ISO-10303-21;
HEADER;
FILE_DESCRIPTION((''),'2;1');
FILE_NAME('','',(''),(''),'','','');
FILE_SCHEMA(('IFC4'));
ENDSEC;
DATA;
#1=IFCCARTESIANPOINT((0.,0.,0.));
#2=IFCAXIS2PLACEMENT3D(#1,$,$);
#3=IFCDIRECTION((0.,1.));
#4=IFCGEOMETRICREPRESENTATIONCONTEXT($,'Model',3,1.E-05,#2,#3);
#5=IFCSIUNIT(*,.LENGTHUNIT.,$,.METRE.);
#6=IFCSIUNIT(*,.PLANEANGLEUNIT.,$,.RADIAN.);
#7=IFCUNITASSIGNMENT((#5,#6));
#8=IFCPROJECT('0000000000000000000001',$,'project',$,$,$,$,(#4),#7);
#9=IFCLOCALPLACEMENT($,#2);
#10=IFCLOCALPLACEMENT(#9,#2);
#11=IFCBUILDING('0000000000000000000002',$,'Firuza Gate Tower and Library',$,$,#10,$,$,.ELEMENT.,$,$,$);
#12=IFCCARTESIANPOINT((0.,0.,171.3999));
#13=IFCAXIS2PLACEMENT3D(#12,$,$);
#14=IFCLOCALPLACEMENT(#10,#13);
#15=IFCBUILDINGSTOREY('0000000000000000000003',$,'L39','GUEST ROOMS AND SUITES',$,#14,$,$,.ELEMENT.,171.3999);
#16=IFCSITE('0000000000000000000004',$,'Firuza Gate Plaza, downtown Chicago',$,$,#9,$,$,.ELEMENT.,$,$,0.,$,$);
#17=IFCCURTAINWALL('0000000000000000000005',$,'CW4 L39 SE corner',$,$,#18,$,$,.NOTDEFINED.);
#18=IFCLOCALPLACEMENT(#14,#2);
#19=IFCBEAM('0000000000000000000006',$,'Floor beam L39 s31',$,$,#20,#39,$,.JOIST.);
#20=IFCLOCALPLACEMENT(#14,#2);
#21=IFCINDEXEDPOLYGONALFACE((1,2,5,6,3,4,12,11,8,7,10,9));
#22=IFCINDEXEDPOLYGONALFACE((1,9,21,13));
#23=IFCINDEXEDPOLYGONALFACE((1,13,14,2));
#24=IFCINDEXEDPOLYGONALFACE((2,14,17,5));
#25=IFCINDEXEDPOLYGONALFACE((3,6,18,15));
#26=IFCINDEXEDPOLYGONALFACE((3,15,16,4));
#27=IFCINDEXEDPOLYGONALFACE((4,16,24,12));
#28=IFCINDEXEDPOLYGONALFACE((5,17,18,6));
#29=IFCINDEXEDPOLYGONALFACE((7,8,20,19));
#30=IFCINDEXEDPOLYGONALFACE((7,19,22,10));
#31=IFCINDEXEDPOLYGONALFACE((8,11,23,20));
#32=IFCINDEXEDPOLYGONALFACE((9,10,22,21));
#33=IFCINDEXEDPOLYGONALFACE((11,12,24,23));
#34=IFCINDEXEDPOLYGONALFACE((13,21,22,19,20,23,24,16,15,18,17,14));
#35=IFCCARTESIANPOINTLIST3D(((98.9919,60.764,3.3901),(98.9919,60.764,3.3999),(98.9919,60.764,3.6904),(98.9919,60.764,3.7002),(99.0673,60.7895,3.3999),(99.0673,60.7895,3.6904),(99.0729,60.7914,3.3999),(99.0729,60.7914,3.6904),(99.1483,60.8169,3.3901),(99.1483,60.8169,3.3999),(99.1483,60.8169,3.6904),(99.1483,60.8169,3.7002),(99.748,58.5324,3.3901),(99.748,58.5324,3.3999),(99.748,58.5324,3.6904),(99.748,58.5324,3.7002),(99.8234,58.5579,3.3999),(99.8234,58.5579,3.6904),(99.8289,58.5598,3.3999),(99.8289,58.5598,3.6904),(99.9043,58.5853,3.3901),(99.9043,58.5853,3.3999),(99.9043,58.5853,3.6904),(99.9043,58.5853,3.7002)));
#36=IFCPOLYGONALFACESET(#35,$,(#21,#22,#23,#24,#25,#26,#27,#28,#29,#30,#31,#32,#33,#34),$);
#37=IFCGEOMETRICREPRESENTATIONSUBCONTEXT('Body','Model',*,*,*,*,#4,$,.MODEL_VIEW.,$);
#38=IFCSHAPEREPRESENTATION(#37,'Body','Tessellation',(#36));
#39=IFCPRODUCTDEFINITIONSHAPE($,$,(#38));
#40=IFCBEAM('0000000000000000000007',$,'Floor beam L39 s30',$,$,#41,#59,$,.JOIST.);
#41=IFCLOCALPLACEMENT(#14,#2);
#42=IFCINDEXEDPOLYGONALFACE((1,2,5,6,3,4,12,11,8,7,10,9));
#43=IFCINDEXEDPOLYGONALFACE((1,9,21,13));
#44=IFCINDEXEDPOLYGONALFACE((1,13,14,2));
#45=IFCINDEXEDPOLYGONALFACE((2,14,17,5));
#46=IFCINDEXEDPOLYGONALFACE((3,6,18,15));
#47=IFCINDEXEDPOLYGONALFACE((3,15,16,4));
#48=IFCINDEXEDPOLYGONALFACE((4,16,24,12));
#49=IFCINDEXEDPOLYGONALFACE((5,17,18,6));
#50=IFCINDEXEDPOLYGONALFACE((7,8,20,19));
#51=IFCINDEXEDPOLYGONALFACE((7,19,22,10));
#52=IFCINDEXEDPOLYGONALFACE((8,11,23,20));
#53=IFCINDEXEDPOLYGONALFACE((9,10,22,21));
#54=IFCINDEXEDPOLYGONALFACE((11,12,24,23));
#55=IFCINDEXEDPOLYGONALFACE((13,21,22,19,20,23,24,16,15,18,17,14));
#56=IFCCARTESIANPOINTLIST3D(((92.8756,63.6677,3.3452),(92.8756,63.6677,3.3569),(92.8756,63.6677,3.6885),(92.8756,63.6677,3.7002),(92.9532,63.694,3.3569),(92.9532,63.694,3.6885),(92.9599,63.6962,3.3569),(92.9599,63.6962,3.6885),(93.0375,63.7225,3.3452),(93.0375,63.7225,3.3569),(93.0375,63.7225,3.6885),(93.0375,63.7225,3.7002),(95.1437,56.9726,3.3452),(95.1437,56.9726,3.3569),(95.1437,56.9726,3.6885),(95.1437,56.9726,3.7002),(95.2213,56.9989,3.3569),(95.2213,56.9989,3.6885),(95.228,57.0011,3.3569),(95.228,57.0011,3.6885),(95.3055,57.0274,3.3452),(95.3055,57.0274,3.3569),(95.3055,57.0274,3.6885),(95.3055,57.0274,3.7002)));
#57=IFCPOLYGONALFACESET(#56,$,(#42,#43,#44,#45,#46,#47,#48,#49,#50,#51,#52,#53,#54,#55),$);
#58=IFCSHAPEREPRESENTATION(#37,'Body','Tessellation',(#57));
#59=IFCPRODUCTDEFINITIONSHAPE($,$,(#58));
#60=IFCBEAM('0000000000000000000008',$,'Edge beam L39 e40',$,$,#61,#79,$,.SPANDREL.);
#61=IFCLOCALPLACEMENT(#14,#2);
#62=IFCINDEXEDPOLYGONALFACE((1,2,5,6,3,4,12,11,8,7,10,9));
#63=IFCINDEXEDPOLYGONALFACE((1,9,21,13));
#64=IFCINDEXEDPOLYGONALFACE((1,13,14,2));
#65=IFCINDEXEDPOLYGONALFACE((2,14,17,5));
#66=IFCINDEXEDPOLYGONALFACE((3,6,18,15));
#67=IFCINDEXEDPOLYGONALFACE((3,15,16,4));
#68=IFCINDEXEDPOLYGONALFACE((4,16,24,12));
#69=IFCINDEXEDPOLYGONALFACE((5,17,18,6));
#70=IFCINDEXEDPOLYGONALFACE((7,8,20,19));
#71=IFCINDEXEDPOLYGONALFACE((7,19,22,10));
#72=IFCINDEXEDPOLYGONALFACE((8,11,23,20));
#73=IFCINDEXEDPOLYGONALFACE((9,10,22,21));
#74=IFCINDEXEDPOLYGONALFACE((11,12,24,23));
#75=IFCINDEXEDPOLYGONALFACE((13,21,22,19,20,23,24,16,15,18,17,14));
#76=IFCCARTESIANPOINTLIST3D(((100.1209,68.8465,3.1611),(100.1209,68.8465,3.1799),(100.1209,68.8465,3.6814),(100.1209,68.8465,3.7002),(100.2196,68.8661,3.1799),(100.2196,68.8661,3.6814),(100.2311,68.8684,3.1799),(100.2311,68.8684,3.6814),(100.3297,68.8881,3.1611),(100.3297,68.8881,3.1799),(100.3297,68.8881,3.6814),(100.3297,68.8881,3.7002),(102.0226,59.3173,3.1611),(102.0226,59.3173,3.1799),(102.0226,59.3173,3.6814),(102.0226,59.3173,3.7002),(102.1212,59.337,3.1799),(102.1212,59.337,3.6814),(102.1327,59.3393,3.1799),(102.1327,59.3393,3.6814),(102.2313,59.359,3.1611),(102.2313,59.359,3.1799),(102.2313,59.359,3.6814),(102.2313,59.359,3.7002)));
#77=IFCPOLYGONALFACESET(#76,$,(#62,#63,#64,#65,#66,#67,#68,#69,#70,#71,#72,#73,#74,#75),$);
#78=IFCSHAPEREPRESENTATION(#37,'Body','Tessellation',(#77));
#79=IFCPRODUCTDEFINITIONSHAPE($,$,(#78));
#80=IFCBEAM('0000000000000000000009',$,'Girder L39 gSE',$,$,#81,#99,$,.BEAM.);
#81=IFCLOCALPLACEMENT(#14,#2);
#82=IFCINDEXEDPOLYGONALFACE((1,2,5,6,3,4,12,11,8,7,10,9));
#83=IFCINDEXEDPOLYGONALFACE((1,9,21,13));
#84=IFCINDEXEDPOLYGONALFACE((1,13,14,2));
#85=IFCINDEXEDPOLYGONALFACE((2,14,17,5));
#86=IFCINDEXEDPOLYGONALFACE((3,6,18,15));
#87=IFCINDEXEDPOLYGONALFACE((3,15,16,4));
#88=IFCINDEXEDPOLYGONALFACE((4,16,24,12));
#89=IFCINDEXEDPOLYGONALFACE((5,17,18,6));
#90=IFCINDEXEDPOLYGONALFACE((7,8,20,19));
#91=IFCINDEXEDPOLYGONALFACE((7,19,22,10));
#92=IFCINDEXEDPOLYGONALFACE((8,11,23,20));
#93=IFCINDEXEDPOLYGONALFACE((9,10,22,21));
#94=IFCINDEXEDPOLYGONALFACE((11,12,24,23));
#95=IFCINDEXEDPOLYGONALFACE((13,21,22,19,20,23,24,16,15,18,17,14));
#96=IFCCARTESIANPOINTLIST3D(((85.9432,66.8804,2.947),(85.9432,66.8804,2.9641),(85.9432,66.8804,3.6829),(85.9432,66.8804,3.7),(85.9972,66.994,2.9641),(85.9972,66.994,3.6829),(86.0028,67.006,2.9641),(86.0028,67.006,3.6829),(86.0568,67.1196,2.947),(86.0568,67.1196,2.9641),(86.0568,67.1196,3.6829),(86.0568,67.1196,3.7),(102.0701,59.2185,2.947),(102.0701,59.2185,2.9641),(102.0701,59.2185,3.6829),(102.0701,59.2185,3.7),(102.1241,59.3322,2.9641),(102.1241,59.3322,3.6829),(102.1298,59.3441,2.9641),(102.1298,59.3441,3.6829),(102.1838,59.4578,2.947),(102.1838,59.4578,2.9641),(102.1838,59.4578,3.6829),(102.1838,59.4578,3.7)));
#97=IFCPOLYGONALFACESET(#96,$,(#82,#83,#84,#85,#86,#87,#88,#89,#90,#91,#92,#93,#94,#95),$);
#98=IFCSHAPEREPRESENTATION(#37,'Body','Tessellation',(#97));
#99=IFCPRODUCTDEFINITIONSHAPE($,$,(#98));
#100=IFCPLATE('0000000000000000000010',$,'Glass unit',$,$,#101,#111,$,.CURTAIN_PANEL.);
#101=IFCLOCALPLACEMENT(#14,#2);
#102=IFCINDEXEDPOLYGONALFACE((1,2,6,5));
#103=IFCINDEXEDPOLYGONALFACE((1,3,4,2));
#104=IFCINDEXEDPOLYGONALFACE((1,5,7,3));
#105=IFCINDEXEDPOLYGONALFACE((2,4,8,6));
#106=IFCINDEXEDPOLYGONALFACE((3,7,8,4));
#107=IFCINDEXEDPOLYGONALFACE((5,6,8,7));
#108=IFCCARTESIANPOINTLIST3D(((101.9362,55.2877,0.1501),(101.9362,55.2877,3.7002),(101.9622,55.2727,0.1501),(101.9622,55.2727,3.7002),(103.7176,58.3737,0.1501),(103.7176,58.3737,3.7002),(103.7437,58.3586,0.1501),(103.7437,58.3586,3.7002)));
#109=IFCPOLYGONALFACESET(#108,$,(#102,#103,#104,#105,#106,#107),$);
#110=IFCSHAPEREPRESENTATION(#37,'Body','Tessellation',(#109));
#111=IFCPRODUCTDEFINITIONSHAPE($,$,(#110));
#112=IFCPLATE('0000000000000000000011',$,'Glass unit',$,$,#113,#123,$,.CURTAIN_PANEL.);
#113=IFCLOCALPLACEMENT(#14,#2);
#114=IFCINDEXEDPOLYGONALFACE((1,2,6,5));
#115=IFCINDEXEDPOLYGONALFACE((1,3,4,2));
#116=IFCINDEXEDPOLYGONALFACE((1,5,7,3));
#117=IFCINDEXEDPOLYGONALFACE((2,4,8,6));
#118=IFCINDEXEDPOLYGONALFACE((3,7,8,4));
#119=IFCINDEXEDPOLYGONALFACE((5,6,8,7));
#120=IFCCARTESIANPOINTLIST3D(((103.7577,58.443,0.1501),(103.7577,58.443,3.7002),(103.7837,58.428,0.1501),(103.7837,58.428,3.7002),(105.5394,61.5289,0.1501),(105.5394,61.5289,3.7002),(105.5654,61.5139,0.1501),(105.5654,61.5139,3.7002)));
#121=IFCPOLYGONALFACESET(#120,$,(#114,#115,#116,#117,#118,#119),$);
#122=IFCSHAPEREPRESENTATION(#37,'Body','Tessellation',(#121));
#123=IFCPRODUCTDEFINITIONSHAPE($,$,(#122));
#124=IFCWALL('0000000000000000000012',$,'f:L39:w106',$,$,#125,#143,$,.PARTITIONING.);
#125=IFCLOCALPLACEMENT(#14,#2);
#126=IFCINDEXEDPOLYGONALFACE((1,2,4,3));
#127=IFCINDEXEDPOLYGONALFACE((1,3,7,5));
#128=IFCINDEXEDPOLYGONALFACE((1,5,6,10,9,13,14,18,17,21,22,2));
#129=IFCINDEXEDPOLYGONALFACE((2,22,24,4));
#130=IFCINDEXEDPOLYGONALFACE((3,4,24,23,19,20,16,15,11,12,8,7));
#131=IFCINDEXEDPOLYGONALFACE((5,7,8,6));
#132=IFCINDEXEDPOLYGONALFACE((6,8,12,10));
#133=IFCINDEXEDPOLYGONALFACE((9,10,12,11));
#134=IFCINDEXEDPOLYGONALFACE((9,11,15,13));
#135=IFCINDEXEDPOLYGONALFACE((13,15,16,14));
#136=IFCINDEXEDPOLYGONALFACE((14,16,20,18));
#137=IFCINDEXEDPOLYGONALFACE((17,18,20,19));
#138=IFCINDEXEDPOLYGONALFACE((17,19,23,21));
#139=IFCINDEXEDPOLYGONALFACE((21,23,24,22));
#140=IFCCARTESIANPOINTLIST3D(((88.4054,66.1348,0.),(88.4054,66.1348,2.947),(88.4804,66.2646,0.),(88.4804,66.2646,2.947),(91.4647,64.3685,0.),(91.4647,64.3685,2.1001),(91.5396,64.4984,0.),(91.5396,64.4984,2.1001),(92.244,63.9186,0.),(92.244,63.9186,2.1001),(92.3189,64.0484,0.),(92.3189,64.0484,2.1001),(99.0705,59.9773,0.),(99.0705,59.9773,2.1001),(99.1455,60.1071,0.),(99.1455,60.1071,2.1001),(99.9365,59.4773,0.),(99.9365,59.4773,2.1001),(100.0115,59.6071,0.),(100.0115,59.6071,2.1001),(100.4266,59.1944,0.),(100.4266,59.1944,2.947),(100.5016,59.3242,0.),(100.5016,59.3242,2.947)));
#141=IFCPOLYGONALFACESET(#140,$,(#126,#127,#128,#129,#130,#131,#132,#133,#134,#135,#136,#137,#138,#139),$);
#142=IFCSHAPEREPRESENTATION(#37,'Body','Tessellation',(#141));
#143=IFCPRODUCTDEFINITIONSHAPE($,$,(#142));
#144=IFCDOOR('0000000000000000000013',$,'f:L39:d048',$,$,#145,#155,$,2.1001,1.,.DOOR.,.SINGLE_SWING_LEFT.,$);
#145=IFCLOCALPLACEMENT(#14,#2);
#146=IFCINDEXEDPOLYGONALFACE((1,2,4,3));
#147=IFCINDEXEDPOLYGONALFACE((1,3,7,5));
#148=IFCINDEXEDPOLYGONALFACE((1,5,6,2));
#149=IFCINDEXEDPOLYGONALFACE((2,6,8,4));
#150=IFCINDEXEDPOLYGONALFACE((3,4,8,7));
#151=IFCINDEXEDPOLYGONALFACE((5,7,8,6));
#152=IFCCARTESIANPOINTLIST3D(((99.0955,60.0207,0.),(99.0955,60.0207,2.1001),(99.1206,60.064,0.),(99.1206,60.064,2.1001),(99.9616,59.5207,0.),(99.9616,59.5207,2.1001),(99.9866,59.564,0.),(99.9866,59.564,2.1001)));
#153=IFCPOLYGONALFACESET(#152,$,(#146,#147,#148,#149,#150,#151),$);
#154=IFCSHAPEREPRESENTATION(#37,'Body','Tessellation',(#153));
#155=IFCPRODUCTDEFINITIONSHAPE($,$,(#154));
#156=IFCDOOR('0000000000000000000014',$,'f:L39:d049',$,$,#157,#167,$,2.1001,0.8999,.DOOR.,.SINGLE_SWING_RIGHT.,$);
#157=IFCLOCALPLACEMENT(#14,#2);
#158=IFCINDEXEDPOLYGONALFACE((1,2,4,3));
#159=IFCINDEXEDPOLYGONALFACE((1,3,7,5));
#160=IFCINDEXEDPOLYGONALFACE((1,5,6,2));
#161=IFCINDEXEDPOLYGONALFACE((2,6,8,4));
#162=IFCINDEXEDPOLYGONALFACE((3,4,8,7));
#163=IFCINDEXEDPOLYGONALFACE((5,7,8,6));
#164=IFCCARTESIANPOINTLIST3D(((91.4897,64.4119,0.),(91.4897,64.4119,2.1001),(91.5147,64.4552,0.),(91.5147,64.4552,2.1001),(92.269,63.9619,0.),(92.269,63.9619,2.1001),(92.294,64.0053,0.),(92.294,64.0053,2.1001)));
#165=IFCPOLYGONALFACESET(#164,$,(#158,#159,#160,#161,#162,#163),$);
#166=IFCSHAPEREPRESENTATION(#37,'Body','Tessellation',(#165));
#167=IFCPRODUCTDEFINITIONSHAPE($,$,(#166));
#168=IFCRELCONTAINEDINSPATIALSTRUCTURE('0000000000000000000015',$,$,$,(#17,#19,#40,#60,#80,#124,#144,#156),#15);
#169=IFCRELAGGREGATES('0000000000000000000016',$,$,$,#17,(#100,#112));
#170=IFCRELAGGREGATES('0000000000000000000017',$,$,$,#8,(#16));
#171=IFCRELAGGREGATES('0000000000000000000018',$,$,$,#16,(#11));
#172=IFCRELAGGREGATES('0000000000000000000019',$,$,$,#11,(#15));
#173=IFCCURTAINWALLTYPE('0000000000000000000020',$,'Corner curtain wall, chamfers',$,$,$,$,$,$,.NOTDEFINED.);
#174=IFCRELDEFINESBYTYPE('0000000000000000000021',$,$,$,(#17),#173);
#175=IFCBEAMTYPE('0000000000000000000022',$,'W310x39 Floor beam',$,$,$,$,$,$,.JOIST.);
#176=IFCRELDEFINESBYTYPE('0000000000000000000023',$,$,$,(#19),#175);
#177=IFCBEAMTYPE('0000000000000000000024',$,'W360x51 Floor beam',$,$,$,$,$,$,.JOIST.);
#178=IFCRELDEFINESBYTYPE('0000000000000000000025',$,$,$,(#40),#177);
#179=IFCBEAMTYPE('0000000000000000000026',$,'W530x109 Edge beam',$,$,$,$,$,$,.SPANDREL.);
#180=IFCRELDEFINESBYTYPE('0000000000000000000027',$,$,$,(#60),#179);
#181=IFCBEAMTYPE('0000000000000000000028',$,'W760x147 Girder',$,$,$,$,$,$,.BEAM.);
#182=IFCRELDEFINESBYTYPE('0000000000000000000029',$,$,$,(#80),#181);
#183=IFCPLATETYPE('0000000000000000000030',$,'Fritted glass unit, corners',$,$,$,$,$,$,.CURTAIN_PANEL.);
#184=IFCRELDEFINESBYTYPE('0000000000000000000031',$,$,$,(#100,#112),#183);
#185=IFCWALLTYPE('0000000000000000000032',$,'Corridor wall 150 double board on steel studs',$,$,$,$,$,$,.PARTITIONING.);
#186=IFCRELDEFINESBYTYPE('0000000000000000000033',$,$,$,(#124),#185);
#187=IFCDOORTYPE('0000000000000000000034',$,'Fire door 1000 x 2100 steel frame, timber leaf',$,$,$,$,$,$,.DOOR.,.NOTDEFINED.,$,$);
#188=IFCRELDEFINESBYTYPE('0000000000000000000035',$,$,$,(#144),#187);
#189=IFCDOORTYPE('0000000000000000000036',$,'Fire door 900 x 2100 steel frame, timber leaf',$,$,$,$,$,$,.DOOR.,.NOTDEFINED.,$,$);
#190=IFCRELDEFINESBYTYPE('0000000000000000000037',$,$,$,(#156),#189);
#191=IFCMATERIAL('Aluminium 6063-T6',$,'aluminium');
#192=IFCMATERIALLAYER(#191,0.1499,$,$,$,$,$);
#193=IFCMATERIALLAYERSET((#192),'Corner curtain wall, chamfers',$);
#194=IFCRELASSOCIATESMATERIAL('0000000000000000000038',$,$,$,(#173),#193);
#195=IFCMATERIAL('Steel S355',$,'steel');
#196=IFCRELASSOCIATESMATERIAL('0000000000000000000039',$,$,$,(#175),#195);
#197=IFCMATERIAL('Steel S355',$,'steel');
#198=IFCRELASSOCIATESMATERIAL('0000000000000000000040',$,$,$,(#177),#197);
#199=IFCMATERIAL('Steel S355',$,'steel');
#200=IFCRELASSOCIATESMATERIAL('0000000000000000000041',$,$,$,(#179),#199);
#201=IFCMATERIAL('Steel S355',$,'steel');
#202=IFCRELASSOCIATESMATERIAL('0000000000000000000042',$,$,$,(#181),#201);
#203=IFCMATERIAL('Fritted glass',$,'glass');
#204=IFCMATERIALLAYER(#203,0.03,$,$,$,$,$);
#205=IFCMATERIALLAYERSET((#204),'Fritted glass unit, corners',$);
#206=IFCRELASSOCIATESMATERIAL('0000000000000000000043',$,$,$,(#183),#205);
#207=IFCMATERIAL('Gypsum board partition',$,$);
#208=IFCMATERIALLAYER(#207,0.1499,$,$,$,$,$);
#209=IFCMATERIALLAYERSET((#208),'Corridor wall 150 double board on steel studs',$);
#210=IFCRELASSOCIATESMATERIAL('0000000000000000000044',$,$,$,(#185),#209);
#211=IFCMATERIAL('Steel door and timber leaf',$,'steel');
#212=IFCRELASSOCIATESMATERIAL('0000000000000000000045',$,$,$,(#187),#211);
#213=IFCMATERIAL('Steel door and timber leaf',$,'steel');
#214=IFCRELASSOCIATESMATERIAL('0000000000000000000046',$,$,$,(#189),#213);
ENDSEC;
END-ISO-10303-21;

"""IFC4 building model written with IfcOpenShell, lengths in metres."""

from ifc_helpers import new_model, si_unit, direction, frame, frame_2d, origin, origin_2d, place, context, subcontext, project, spatial, polyline, rectangle, i_section, outline, extrude, material, layer, layer_set, material_profile, profile_set, type_object, element, fill, aggregate, save


model = new_model("IFC4")

# Units and contexts
model_context = context("Model", 3, precision=1e-05, world=origin(), true_north=direction((0.0, 1.0)))
body_context = subcontext(model_context, "Body", "Model", "MODEL_VIEW")
ifc_project = project(units=[si_unit("LENGTHUNIT", "METRE"), si_unit("PLANEANGLEUNIT", "RADIAN")], contexts=[model_context])

# Site, building, storey
site_placement = place(None, origin())
site = spatial("IfcSite", under=ifc_project, at=site_placement, Name="Firuza Gate Plaza, downtown Chicago", CompositionType="ELEMENT", RefElevation=0.0)
building_placement = place(site_placement, origin())
building = spatial("IfcBuilding", under=site, at=building_placement, Name="Firuza Gate Tower and Library", CompositionType="ELEMENT")
storey_placement = place(building_placement, frame((0.0, 0.0, 171.3999)))
storey = spatial("IfcBuildingStorey", under=building, at=storey_placement, Name="L39", Description="GUEST ROOMS AND SUITES", CompositionType="ELEMENT", Elevation=171.3999)

# Curtain wall
ifc_material_1 = material(Name="Aluminium 6063-T6", Category="aluminium")
ifc_layer_1 = layer(ifc_material_1, 0.1499)
ifc_layer_set_1 = layer_set([ifc_layer_1], Name="Corner curtain wall, chamfers")
curtain_wall_type = type_object("IfcCurtainWallType", Name="Corner curtain wall, chamfers", PredefinedType="NOTDEFINED", material=ifc_layer_set_1)
curtain_wall_placement = place(storey_placement, origin())
curtain_wall = element("IfcCurtainWall", 1, at=curtain_wall_placement, inside=storey, type_object=curtain_wall_type, Name="CW4 L39 SE corner", PredefinedType="NOTDEFINED")

# Beams
ifc_material_2 = material(Name="Steel S355", Category="steel")
ifc_material_profile_1 = material_profile(ifc_material_2, i_section(OverallWidth=0.165, OverallDepth=0.3101, WebThickness=0.0059, FlangeThickness=0.0098, at=origin_2d()))
ifc_profile_set_1 = profile_set([ifc_material_profile_1], Name="Steel S355")
beam_type_1 = type_object("IfcBeamType", Name="W310x39 Floor beam", PredefinedType="JOIST", material=ifc_profile_set_1)
beam_1_placement = place(storey_placement, frame((99.8262, 58.5588, 3.5452), z_axis=(-0.320886, 0.947118, 0.0), x_axis=(-0.947118, -0.320886, 0.0)))
element("IfcBeam", 2, at=beam_1_placement, inside=storey, type_object=beam_type_1, Name="Floor beam L39 s31", PredefinedType="JOIST", context=body_context, shape_type="SweptSolid", body=[
    extrude(i_section(OverallWidth=0.165, OverallDepth=0.3101, WebThickness=0.0059, FlangeThickness=0.0098, at=origin_2d()), origin(), (0.0, 0.0, 1.0), 2.3562),
])
ifc_material_3 = material(Name="Steel S355", Category="steel")
ifc_material_profile_2 = material_profile(ifc_material_3, i_section(OverallWidth=0.1709, OverallDepth=0.355, WebThickness=0.0071, FlangeThickness=0.0117, at=origin_2d()))
ifc_profile_set_2 = profile_set([ifc_material_profile_2], Name="Steel S355")
beam_type_2 = type_object("IfcBeamType", Name="W360x51 Floor beam", PredefinedType="JOIST", material=ifc_profile_set_2)
beam_2_placement = place(storey_placement, frame((95.2246, 57.0, 3.5227), z_axis=(-0.320856, 0.947128, 0.0), x_axis=(-0.947128, -0.320856, 0.0)))
element("IfcBeam", 3, at=beam_2_placement, inside=storey, type_object=beam_type_2, Name="Floor beam L39 s30", PredefinedType="JOIST", context=body_context, shape_type="SweptSolid", body=[
    extrude(i_section(OverallWidth=0.1709, OverallDepth=0.355, WebThickness=0.0071, FlangeThickness=0.0117, at=origin_2d()), origin(), (0.0, 0.0, 1.0), 7.0688),
])
ifc_material_4 = material(Name="Steel S355", Category="steel")
ifc_material_profile_3 = material_profile(ifc_material_4, i_section(OverallWidth=0.2129, OverallDepth=0.5391, WebThickness=0.0117, FlangeThickness=0.0188, at=origin_2d()))
ifc_profile_set_3 = profile_set([ifc_material_profile_3], Name="Steel S355")
beam_type_3 = type_object("IfcBeamType", Name="W530x109 Edge beam", PredefinedType="SPANDREL", material=ifc_profile_set_3)
beam_3_placement = place(storey_placement, frame((102.127, 59.3381, 3.4307), z_axis=(-0.195701, 0.980664, 0.0), x_axis=(-0.980664, -0.195701, 0.0)))
element("IfcBeam", 4, at=beam_3_placement, inside=storey, type_object=beam_type_3, Name="Edge beam L39 e40", PredefinedType="SPANDREL", context=body_context, shape_type="SweptSolid", body=[
    extrude(i_section(OverallWidth=0.2129, OverallDepth=0.5391, WebThickness=0.0117, FlangeThickness=0.0188, at=origin_2d()), origin(), (0.0, 0.0, 1.0), 9.717),
])
ifc_material_5 = material(Name="Steel S355", Category="steel")
ifc_material_profile_4 = material_profile(ifc_material_5, i_section(OverallWidth=0.2649, OverallDepth=0.7529, WebThickness=0.0132, FlangeThickness=0.0171, at=origin_2d()))
ifc_profile_set_4 = profile_set([ifc_material_profile_4], Name="Steel S355")
beam_type_4 = type_object("IfcBeamType", Name="W760x147 Girder", PredefinedType="BEAM", material=ifc_profile_set_4)
beam_4_placement = place(storey_placement, frame((102.127, 59.3381, 3.3235), z_axis=(-0.903244, 0.429128, 0.0), x_axis=(-0.429128, -0.903244, 0.0)))
element("IfcBeam", 5, at=beam_4_placement, inside=storey, type_object=beam_type_4, Name="Girder L39 gSE", PredefinedType="BEAM", context=body_context, shape_type="SweptSolid", body=[
    extrude(i_section(OverallWidth=0.2649, OverallDepth=0.7529, WebThickness=0.0132, FlangeThickness=0.0171, at=origin_2d()), origin(), (0.0, 0.0, 1.0), 17.8545),
])

# Plates
ifc_material_6 = material(Name="Fritted glass", Category="glass")
ifc_layer_2 = layer(ifc_material_6, 0.03)
ifc_layer_set_2 = layer_set([ifc_layer_2], Name="Fritted glass unit, corners")
plate_type = type_object("IfcPlateType", Name="Fritted glass unit, corners", PredefinedType="CURTAIN_PANEL", material=ifc_layer_set_2)
plate_1_placement = place(storey_placement, frame((101.9622, 55.2727, 0.1501), z_axis=(0.866046, -0.499964, 0.0), x_axis=(0.499964, 0.866046, 0.0)))
plate_1 = element("IfcPlate", 6, at=plate_1_placement, type_object=plate_type, Name="Glass unit", PredefinedType="CURTAIN_PANEL", context=body_context, shape_type="SweptSolid", body=[
    extrude(outline(polyline([(0.0, 0.0), (3.5632, 0.0), (3.5632, 3.55), (0.0, 3.55), (0.0, 0.0)])), origin(), (0.0, 0.0, -1.0), 0.03),
])
plate_2_placement = place(storey_placement, frame((103.7837, 58.428, 0.1501), z_axis=(0.866017, -0.500015, 0.0), x_axis=(0.500015, 0.866017, 0.0)))
plate_2 = element("IfcPlate", 7, at=plate_2_placement, type_object=plate_type, Name="Glass unit", PredefinedType="CURTAIN_PANEL", context=body_context, shape_type="SweptSolid", body=[
    extrude(outline(polyline([(0.0, 0.0), (3.5634, 0.0), (3.5634, 3.55), (0.0, 3.55), (0.0, 0.0)])), origin(), (0.0, 0.0, -1.0), 0.03),
])
aggregate(curtain_wall, [plate_1, plate_2])

# Wall, openings, doors
ifc_material_7 = material(Name="Gypsum board partition")
ifc_layer_3 = layer(ifc_material_7, 0.1499)
ifc_layer_set_3 = layer_set([ifc_layer_3], Name="Corridor wall 150 double board on steel studs")
wall_type_1 = type_object("IfcWallType", Name="Corridor wall 150 double board on steel studs", PredefinedType="PARTITIONING", material=ifc_layer_set_3)
wall_1_placement = place(storey_placement, frame((100.4641, 59.2593, 0.0), z_axis=(0.0, 0.0, 1.0), x_axis=(-0.866027, 0.499998, 0.0)))
wall_1 = element("IfcWall", 8, at=wall_1_placement, inside=storey, type_object=wall_type_1, Name="f:L39:w106", PredefinedType="PARTITIONING", context=body_context, shape_type="SweptSolid", body=[
    extrude(rectangle(XDim=13.8809, YDim=0.1499, at=frame_2d((6.9404, 0.0))), origin(), (0.0, 0.0, 1.0), 2.947),
])
opening_1_placement = place(wall_1_placement, frame((0.5659, 0.0, 0.0)))
opening_1 = element("IfcOpeningElement", 9, at=opening_1_placement, cuts=wall_1, PredefinedType="OPENING", context=body_context, shape_type="SweptSolid", body=[
    extrude(rectangle(XDim=1.0, YDim=2.1001, at=frame_2d((0.5, 1.05))), frame((0.0, 0.085, 0.0), z_axis=(0.0, -1.0, 0.0), x_axis=(1.0, 0.0, 0.0)), (0.0, 0.0, 1.0), 0.1699),
])
opening_2_placement = place(wall_1_placement, frame((9.4485, 0.0, 0.0)))
opening_2 = element("IfcOpeningElement", 10, at=opening_2_placement, cuts=wall_1, PredefinedType="OPENING", context=body_context, shape_type="SweptSolid", body=[
    extrude(rectangle(XDim=0.8999, YDim=2.1001, at=frame_2d((0.45, 1.05))), frame((0.0, 0.085, 0.0), z_axis=(0.0, -1.0, 0.0), x_axis=(1.0, 0.0, 0.0)), (0.0, 0.0, 1.0), 0.1699),
])
ifc_material_8 = material(Name="Steel door and timber leaf", Category="steel")
door_type_1 = type_object("IfcDoorType", Name="Fire door 1000 x 2100 steel frame, timber leaf", OperationType="NOTDEFINED", PredefinedType="DOOR", material=ifc_material_8)
door_1_placement = place(opening_1_placement, origin())
door_1 = element("IfcDoor", 11, at=door_1_placement, inside=storey, type_object=door_type_1, Name="f:L39:d048", OperationType="SINGLE_SWING_LEFT", OverallHeight=2.1001, OverallWidth=1.0, PredefinedType="DOOR", context=body_context, shape_type="SweptSolid", body=[
    extrude(rectangle(XDim=1.0, YDim=2.1001, at=frame_2d((0.5, 1.05))), frame((0.0, 0.0249, 0.0), z_axis=(0.0, -1.0, 0.0), x_axis=(1.0, 0.0, 0.0)), (0.0, 0.0, 1.0), 0.05),
])
fill(opening_1, door_1)
ifc_material_9 = material(Name="Steel door and timber leaf", Category="steel")
door_type_2 = type_object("IfcDoorType", Name="Fire door 900 x 2100 steel frame, timber leaf", OperationType="NOTDEFINED", PredefinedType="DOOR", material=ifc_material_9)
door_2_placement = place(opening_2_placement, origin())
door_2 = element("IfcDoor", 12, at=door_2_placement, inside=storey, type_object=door_type_2, Name="f:L39:d049", OperationType="SINGLE_SWING_RIGHT", OverallHeight=2.1001, OverallWidth=0.8999, PredefinedType="DOOR", context=body_context, shape_type="SweptSolid", body=[
    extrude(rectangle(XDim=0.8999, YDim=2.1001, at=frame_2d((0.45, 1.05))), frame((0.0, 0.0249, 0.0), z_axis=(0.0, -1.0, 0.0), x_axis=(1.0, 0.0, 0.0)), (0.0, 0.0, 1.0), 0.05),
])
fill(opening_2, door_2)

save(model, "model.ifc")
